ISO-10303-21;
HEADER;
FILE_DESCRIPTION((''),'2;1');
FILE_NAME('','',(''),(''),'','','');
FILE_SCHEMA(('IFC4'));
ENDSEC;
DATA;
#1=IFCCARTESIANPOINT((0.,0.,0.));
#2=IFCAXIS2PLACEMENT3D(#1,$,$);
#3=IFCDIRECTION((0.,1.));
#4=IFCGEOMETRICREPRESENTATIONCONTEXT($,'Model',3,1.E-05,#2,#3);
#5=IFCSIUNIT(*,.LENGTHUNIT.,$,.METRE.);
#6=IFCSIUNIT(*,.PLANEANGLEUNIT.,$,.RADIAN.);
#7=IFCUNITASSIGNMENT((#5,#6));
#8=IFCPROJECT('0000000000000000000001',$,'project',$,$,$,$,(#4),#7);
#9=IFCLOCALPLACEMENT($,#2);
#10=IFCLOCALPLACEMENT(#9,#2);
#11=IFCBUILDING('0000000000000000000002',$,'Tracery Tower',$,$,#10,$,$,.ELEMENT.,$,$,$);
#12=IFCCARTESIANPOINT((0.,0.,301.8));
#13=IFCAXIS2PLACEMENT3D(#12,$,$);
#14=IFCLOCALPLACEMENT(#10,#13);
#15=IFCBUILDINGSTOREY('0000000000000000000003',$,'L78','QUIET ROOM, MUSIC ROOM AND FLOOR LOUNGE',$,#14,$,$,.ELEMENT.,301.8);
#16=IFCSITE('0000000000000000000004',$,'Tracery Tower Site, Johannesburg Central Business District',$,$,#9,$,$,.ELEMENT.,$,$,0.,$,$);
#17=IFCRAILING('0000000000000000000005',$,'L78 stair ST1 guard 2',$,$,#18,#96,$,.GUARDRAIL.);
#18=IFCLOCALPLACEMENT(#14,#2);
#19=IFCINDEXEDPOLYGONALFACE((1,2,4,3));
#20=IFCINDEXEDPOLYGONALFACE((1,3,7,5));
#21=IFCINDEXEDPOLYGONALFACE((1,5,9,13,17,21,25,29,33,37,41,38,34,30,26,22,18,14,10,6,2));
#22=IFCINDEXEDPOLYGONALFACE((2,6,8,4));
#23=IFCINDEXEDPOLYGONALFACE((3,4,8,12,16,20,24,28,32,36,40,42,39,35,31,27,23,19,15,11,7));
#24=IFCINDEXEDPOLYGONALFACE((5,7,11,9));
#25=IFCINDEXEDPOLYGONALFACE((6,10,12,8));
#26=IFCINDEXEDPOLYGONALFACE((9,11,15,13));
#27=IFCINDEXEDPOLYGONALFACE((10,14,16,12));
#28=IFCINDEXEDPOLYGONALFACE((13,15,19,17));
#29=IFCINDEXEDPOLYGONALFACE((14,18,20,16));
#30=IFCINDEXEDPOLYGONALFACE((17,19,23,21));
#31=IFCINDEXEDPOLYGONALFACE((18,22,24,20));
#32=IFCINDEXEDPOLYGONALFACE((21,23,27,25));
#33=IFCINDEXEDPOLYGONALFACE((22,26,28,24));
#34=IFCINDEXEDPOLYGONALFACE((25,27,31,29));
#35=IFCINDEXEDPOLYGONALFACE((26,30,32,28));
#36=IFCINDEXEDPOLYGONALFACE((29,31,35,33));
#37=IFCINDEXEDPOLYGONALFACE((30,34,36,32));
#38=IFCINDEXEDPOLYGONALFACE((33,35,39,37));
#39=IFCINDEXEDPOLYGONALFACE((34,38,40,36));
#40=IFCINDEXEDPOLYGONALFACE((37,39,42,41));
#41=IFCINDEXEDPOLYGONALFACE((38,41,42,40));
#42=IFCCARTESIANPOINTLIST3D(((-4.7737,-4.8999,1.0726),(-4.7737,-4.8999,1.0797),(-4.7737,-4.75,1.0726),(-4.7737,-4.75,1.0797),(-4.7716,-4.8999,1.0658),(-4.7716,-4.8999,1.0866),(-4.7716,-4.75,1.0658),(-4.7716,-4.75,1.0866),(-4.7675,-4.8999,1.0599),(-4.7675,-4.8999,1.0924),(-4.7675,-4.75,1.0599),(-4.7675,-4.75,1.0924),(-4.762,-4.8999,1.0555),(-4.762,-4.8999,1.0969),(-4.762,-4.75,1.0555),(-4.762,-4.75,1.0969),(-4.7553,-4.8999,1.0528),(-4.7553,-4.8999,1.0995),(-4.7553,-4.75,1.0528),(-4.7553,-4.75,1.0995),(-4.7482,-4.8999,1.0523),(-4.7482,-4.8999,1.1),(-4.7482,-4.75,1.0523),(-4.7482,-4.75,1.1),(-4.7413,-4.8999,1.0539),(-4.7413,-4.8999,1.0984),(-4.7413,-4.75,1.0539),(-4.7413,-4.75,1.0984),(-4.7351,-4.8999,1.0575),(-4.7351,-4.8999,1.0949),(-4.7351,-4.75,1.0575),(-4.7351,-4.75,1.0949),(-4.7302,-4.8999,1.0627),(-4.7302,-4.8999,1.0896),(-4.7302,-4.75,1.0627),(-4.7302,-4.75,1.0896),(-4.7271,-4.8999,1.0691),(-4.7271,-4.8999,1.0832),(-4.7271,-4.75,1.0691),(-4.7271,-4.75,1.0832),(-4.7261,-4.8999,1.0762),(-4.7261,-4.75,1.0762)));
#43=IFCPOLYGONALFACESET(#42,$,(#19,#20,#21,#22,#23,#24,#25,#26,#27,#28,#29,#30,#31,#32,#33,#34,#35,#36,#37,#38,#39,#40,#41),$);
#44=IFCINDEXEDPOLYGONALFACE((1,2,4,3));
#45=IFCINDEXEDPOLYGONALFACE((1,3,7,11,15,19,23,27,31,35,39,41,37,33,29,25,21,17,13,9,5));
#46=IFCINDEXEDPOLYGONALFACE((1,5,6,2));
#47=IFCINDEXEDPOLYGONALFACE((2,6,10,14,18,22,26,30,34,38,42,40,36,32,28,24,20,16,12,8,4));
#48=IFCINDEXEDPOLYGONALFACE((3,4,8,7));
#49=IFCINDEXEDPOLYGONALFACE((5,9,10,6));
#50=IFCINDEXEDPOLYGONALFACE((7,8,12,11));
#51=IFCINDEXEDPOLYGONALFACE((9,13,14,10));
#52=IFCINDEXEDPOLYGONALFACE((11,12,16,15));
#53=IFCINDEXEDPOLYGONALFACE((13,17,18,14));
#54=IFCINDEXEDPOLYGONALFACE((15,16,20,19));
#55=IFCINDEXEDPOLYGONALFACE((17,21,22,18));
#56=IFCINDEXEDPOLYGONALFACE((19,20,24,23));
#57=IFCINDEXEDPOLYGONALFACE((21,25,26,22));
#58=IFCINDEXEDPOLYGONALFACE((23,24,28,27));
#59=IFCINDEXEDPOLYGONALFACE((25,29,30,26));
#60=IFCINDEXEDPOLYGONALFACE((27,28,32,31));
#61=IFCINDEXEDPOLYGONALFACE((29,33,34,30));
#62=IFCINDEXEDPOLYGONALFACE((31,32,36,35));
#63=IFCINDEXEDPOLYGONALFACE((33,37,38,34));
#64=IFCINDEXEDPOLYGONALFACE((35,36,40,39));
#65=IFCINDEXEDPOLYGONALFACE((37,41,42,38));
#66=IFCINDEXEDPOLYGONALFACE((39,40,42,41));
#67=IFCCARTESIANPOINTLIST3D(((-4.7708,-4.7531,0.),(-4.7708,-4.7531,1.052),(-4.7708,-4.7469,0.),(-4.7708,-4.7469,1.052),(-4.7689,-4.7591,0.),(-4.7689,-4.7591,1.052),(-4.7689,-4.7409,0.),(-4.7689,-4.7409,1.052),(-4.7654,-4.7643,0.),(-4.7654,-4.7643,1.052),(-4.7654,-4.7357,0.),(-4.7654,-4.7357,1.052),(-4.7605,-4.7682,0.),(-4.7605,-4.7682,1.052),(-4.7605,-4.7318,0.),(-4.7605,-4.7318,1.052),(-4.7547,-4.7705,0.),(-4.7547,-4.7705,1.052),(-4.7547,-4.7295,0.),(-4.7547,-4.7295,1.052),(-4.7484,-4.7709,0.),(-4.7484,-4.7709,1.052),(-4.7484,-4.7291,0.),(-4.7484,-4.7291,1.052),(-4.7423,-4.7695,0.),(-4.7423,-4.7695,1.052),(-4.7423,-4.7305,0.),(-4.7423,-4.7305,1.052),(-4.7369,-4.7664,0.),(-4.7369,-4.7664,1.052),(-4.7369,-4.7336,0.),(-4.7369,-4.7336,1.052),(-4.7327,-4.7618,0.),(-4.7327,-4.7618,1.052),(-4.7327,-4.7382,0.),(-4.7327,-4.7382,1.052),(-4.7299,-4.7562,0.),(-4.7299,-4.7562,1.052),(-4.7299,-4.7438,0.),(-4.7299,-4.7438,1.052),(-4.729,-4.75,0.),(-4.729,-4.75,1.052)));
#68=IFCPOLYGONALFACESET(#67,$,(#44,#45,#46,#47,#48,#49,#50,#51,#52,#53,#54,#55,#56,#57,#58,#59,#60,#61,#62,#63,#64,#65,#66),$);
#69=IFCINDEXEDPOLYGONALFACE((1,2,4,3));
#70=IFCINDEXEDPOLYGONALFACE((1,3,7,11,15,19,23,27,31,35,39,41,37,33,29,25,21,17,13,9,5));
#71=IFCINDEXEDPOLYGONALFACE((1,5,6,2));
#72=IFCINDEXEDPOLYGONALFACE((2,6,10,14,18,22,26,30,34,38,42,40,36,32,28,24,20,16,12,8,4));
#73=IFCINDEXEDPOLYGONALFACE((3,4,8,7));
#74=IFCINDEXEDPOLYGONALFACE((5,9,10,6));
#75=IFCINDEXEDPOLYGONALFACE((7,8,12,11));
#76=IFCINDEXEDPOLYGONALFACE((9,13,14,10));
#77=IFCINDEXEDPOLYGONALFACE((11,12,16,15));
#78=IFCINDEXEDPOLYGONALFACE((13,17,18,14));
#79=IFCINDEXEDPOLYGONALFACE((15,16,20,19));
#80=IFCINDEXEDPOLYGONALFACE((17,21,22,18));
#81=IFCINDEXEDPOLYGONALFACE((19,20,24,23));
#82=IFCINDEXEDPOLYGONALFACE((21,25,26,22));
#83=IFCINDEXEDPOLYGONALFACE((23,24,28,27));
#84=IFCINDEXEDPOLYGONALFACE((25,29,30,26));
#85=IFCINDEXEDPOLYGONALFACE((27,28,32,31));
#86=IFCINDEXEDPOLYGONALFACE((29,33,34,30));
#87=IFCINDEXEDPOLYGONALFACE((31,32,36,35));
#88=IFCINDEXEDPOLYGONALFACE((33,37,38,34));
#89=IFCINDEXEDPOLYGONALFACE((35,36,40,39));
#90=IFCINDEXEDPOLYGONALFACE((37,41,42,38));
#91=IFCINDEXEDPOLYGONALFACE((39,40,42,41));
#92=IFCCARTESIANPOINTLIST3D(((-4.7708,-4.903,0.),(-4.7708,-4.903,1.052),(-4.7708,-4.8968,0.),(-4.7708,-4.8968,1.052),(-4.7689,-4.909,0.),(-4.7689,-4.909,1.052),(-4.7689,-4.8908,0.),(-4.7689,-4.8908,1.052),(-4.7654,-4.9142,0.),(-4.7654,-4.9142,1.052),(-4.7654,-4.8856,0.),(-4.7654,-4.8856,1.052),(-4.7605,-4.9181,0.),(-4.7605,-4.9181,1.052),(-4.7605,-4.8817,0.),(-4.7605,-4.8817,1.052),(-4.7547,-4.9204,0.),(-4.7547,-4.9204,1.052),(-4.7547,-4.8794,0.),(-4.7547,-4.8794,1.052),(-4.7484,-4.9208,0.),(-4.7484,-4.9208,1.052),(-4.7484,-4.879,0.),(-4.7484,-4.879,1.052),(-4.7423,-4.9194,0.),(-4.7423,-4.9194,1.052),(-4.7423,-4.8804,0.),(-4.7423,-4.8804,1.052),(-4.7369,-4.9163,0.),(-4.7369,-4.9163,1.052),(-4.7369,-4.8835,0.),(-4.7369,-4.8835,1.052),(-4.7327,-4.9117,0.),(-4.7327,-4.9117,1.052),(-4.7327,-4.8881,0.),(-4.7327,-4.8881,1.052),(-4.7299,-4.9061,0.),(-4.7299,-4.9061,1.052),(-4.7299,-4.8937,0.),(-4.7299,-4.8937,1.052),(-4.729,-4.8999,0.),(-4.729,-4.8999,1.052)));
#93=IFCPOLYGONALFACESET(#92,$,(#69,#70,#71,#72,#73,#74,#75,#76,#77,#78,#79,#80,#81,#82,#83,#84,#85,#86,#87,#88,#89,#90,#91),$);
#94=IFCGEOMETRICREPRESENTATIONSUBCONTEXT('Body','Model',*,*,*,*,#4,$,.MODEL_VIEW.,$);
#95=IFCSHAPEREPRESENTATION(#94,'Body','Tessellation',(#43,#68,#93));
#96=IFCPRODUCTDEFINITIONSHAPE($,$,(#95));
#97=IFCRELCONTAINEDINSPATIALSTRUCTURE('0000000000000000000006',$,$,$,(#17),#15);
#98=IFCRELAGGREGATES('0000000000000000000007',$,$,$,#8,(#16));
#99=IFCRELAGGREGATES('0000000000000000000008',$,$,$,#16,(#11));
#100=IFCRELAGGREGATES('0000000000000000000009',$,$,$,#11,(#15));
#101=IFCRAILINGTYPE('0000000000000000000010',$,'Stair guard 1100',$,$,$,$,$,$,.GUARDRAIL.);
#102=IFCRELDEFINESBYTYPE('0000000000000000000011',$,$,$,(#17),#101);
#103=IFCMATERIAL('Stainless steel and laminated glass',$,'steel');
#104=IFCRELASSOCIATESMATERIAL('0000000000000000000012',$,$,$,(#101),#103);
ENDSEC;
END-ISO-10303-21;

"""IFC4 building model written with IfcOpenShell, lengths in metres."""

from ifc_helpers import new_model, si_unit, direction, frame, origin, origin_2d, place, context, subcontext, project, spatial, circle, extrude, material, type_object, element, save


model = new_model("IFC4")

# Units and contexts
model_context = context("Model", 3, precision=1e-05, world=origin(), true_north=direction((0.0, 1.0)))
body_context = subcontext(model_context, "Body", "Model", "MODEL_VIEW")
ifc_project = project(units=[si_unit("LENGTHUNIT", "METRE"), si_unit("PLANEANGLEUNIT", "RADIAN")], contexts=[model_context])

# Site, building, storey
site_placement = place(None, origin())
site = spatial("IfcSite", under=ifc_project, at=site_placement, Name="Tracery Tower Site, Johannesburg Central Business District", CompositionType="ELEMENT", RefElevation=0.0)
building_placement = place(site_placement, origin())
building = spatial("IfcBuilding", under=site, at=building_placement, Name="Tracery Tower", CompositionType="ELEMENT")
storey_placement = place(building_placement, frame((0.0, 0.0, 301.8)))
storey = spatial("IfcBuildingStorey", under=building, at=storey_placement, Name="L78", Description="QUIET ROOM, MUSIC ROOM AND FLOOR LOUNGE", CompositionType="ELEMENT", Elevation=301.8)

# Railing
ifc_material_1 = material(Name="Stainless steel and laminated glass", Category="steel")
railing_type_1 = type_object("IfcRailingType", Name="Stair guard 1100", PredefinedType="GUARDRAIL", material=ifc_material_1)
railing_1_placement = place(storey_placement, frame((-4.75, -4.75, 0.0)))
element("IfcRailing", 1, at=railing_1_placement, inside=storey, type_object=railing_type_1, Name="L78 stair ST1 guard 2", PredefinedType="GUARDRAIL", context=body_context, shape_type="SweptSolid", body=[
    extrude(circle(Radius=0.0239, at=origin_2d()), frame((0.0, 0.0, 1.0762), z_axis=(0.0, -1.0, 0.0), x_axis=(1.0, 0.0, 0.0)), (0.0, 0.0, 1.0), 0.1499),
    extrude(circle(Radius=0.021, at=origin_2d()), origin(), (0.0, 0.0, 1.0), 1.052),
    extrude(circle(Radius=0.021, at=origin_2d()), frame((0.0, -0.1499, 0.0)), (0.0, 0.0, 1.0), 1.052),
])

save(model, "model.ifc")
